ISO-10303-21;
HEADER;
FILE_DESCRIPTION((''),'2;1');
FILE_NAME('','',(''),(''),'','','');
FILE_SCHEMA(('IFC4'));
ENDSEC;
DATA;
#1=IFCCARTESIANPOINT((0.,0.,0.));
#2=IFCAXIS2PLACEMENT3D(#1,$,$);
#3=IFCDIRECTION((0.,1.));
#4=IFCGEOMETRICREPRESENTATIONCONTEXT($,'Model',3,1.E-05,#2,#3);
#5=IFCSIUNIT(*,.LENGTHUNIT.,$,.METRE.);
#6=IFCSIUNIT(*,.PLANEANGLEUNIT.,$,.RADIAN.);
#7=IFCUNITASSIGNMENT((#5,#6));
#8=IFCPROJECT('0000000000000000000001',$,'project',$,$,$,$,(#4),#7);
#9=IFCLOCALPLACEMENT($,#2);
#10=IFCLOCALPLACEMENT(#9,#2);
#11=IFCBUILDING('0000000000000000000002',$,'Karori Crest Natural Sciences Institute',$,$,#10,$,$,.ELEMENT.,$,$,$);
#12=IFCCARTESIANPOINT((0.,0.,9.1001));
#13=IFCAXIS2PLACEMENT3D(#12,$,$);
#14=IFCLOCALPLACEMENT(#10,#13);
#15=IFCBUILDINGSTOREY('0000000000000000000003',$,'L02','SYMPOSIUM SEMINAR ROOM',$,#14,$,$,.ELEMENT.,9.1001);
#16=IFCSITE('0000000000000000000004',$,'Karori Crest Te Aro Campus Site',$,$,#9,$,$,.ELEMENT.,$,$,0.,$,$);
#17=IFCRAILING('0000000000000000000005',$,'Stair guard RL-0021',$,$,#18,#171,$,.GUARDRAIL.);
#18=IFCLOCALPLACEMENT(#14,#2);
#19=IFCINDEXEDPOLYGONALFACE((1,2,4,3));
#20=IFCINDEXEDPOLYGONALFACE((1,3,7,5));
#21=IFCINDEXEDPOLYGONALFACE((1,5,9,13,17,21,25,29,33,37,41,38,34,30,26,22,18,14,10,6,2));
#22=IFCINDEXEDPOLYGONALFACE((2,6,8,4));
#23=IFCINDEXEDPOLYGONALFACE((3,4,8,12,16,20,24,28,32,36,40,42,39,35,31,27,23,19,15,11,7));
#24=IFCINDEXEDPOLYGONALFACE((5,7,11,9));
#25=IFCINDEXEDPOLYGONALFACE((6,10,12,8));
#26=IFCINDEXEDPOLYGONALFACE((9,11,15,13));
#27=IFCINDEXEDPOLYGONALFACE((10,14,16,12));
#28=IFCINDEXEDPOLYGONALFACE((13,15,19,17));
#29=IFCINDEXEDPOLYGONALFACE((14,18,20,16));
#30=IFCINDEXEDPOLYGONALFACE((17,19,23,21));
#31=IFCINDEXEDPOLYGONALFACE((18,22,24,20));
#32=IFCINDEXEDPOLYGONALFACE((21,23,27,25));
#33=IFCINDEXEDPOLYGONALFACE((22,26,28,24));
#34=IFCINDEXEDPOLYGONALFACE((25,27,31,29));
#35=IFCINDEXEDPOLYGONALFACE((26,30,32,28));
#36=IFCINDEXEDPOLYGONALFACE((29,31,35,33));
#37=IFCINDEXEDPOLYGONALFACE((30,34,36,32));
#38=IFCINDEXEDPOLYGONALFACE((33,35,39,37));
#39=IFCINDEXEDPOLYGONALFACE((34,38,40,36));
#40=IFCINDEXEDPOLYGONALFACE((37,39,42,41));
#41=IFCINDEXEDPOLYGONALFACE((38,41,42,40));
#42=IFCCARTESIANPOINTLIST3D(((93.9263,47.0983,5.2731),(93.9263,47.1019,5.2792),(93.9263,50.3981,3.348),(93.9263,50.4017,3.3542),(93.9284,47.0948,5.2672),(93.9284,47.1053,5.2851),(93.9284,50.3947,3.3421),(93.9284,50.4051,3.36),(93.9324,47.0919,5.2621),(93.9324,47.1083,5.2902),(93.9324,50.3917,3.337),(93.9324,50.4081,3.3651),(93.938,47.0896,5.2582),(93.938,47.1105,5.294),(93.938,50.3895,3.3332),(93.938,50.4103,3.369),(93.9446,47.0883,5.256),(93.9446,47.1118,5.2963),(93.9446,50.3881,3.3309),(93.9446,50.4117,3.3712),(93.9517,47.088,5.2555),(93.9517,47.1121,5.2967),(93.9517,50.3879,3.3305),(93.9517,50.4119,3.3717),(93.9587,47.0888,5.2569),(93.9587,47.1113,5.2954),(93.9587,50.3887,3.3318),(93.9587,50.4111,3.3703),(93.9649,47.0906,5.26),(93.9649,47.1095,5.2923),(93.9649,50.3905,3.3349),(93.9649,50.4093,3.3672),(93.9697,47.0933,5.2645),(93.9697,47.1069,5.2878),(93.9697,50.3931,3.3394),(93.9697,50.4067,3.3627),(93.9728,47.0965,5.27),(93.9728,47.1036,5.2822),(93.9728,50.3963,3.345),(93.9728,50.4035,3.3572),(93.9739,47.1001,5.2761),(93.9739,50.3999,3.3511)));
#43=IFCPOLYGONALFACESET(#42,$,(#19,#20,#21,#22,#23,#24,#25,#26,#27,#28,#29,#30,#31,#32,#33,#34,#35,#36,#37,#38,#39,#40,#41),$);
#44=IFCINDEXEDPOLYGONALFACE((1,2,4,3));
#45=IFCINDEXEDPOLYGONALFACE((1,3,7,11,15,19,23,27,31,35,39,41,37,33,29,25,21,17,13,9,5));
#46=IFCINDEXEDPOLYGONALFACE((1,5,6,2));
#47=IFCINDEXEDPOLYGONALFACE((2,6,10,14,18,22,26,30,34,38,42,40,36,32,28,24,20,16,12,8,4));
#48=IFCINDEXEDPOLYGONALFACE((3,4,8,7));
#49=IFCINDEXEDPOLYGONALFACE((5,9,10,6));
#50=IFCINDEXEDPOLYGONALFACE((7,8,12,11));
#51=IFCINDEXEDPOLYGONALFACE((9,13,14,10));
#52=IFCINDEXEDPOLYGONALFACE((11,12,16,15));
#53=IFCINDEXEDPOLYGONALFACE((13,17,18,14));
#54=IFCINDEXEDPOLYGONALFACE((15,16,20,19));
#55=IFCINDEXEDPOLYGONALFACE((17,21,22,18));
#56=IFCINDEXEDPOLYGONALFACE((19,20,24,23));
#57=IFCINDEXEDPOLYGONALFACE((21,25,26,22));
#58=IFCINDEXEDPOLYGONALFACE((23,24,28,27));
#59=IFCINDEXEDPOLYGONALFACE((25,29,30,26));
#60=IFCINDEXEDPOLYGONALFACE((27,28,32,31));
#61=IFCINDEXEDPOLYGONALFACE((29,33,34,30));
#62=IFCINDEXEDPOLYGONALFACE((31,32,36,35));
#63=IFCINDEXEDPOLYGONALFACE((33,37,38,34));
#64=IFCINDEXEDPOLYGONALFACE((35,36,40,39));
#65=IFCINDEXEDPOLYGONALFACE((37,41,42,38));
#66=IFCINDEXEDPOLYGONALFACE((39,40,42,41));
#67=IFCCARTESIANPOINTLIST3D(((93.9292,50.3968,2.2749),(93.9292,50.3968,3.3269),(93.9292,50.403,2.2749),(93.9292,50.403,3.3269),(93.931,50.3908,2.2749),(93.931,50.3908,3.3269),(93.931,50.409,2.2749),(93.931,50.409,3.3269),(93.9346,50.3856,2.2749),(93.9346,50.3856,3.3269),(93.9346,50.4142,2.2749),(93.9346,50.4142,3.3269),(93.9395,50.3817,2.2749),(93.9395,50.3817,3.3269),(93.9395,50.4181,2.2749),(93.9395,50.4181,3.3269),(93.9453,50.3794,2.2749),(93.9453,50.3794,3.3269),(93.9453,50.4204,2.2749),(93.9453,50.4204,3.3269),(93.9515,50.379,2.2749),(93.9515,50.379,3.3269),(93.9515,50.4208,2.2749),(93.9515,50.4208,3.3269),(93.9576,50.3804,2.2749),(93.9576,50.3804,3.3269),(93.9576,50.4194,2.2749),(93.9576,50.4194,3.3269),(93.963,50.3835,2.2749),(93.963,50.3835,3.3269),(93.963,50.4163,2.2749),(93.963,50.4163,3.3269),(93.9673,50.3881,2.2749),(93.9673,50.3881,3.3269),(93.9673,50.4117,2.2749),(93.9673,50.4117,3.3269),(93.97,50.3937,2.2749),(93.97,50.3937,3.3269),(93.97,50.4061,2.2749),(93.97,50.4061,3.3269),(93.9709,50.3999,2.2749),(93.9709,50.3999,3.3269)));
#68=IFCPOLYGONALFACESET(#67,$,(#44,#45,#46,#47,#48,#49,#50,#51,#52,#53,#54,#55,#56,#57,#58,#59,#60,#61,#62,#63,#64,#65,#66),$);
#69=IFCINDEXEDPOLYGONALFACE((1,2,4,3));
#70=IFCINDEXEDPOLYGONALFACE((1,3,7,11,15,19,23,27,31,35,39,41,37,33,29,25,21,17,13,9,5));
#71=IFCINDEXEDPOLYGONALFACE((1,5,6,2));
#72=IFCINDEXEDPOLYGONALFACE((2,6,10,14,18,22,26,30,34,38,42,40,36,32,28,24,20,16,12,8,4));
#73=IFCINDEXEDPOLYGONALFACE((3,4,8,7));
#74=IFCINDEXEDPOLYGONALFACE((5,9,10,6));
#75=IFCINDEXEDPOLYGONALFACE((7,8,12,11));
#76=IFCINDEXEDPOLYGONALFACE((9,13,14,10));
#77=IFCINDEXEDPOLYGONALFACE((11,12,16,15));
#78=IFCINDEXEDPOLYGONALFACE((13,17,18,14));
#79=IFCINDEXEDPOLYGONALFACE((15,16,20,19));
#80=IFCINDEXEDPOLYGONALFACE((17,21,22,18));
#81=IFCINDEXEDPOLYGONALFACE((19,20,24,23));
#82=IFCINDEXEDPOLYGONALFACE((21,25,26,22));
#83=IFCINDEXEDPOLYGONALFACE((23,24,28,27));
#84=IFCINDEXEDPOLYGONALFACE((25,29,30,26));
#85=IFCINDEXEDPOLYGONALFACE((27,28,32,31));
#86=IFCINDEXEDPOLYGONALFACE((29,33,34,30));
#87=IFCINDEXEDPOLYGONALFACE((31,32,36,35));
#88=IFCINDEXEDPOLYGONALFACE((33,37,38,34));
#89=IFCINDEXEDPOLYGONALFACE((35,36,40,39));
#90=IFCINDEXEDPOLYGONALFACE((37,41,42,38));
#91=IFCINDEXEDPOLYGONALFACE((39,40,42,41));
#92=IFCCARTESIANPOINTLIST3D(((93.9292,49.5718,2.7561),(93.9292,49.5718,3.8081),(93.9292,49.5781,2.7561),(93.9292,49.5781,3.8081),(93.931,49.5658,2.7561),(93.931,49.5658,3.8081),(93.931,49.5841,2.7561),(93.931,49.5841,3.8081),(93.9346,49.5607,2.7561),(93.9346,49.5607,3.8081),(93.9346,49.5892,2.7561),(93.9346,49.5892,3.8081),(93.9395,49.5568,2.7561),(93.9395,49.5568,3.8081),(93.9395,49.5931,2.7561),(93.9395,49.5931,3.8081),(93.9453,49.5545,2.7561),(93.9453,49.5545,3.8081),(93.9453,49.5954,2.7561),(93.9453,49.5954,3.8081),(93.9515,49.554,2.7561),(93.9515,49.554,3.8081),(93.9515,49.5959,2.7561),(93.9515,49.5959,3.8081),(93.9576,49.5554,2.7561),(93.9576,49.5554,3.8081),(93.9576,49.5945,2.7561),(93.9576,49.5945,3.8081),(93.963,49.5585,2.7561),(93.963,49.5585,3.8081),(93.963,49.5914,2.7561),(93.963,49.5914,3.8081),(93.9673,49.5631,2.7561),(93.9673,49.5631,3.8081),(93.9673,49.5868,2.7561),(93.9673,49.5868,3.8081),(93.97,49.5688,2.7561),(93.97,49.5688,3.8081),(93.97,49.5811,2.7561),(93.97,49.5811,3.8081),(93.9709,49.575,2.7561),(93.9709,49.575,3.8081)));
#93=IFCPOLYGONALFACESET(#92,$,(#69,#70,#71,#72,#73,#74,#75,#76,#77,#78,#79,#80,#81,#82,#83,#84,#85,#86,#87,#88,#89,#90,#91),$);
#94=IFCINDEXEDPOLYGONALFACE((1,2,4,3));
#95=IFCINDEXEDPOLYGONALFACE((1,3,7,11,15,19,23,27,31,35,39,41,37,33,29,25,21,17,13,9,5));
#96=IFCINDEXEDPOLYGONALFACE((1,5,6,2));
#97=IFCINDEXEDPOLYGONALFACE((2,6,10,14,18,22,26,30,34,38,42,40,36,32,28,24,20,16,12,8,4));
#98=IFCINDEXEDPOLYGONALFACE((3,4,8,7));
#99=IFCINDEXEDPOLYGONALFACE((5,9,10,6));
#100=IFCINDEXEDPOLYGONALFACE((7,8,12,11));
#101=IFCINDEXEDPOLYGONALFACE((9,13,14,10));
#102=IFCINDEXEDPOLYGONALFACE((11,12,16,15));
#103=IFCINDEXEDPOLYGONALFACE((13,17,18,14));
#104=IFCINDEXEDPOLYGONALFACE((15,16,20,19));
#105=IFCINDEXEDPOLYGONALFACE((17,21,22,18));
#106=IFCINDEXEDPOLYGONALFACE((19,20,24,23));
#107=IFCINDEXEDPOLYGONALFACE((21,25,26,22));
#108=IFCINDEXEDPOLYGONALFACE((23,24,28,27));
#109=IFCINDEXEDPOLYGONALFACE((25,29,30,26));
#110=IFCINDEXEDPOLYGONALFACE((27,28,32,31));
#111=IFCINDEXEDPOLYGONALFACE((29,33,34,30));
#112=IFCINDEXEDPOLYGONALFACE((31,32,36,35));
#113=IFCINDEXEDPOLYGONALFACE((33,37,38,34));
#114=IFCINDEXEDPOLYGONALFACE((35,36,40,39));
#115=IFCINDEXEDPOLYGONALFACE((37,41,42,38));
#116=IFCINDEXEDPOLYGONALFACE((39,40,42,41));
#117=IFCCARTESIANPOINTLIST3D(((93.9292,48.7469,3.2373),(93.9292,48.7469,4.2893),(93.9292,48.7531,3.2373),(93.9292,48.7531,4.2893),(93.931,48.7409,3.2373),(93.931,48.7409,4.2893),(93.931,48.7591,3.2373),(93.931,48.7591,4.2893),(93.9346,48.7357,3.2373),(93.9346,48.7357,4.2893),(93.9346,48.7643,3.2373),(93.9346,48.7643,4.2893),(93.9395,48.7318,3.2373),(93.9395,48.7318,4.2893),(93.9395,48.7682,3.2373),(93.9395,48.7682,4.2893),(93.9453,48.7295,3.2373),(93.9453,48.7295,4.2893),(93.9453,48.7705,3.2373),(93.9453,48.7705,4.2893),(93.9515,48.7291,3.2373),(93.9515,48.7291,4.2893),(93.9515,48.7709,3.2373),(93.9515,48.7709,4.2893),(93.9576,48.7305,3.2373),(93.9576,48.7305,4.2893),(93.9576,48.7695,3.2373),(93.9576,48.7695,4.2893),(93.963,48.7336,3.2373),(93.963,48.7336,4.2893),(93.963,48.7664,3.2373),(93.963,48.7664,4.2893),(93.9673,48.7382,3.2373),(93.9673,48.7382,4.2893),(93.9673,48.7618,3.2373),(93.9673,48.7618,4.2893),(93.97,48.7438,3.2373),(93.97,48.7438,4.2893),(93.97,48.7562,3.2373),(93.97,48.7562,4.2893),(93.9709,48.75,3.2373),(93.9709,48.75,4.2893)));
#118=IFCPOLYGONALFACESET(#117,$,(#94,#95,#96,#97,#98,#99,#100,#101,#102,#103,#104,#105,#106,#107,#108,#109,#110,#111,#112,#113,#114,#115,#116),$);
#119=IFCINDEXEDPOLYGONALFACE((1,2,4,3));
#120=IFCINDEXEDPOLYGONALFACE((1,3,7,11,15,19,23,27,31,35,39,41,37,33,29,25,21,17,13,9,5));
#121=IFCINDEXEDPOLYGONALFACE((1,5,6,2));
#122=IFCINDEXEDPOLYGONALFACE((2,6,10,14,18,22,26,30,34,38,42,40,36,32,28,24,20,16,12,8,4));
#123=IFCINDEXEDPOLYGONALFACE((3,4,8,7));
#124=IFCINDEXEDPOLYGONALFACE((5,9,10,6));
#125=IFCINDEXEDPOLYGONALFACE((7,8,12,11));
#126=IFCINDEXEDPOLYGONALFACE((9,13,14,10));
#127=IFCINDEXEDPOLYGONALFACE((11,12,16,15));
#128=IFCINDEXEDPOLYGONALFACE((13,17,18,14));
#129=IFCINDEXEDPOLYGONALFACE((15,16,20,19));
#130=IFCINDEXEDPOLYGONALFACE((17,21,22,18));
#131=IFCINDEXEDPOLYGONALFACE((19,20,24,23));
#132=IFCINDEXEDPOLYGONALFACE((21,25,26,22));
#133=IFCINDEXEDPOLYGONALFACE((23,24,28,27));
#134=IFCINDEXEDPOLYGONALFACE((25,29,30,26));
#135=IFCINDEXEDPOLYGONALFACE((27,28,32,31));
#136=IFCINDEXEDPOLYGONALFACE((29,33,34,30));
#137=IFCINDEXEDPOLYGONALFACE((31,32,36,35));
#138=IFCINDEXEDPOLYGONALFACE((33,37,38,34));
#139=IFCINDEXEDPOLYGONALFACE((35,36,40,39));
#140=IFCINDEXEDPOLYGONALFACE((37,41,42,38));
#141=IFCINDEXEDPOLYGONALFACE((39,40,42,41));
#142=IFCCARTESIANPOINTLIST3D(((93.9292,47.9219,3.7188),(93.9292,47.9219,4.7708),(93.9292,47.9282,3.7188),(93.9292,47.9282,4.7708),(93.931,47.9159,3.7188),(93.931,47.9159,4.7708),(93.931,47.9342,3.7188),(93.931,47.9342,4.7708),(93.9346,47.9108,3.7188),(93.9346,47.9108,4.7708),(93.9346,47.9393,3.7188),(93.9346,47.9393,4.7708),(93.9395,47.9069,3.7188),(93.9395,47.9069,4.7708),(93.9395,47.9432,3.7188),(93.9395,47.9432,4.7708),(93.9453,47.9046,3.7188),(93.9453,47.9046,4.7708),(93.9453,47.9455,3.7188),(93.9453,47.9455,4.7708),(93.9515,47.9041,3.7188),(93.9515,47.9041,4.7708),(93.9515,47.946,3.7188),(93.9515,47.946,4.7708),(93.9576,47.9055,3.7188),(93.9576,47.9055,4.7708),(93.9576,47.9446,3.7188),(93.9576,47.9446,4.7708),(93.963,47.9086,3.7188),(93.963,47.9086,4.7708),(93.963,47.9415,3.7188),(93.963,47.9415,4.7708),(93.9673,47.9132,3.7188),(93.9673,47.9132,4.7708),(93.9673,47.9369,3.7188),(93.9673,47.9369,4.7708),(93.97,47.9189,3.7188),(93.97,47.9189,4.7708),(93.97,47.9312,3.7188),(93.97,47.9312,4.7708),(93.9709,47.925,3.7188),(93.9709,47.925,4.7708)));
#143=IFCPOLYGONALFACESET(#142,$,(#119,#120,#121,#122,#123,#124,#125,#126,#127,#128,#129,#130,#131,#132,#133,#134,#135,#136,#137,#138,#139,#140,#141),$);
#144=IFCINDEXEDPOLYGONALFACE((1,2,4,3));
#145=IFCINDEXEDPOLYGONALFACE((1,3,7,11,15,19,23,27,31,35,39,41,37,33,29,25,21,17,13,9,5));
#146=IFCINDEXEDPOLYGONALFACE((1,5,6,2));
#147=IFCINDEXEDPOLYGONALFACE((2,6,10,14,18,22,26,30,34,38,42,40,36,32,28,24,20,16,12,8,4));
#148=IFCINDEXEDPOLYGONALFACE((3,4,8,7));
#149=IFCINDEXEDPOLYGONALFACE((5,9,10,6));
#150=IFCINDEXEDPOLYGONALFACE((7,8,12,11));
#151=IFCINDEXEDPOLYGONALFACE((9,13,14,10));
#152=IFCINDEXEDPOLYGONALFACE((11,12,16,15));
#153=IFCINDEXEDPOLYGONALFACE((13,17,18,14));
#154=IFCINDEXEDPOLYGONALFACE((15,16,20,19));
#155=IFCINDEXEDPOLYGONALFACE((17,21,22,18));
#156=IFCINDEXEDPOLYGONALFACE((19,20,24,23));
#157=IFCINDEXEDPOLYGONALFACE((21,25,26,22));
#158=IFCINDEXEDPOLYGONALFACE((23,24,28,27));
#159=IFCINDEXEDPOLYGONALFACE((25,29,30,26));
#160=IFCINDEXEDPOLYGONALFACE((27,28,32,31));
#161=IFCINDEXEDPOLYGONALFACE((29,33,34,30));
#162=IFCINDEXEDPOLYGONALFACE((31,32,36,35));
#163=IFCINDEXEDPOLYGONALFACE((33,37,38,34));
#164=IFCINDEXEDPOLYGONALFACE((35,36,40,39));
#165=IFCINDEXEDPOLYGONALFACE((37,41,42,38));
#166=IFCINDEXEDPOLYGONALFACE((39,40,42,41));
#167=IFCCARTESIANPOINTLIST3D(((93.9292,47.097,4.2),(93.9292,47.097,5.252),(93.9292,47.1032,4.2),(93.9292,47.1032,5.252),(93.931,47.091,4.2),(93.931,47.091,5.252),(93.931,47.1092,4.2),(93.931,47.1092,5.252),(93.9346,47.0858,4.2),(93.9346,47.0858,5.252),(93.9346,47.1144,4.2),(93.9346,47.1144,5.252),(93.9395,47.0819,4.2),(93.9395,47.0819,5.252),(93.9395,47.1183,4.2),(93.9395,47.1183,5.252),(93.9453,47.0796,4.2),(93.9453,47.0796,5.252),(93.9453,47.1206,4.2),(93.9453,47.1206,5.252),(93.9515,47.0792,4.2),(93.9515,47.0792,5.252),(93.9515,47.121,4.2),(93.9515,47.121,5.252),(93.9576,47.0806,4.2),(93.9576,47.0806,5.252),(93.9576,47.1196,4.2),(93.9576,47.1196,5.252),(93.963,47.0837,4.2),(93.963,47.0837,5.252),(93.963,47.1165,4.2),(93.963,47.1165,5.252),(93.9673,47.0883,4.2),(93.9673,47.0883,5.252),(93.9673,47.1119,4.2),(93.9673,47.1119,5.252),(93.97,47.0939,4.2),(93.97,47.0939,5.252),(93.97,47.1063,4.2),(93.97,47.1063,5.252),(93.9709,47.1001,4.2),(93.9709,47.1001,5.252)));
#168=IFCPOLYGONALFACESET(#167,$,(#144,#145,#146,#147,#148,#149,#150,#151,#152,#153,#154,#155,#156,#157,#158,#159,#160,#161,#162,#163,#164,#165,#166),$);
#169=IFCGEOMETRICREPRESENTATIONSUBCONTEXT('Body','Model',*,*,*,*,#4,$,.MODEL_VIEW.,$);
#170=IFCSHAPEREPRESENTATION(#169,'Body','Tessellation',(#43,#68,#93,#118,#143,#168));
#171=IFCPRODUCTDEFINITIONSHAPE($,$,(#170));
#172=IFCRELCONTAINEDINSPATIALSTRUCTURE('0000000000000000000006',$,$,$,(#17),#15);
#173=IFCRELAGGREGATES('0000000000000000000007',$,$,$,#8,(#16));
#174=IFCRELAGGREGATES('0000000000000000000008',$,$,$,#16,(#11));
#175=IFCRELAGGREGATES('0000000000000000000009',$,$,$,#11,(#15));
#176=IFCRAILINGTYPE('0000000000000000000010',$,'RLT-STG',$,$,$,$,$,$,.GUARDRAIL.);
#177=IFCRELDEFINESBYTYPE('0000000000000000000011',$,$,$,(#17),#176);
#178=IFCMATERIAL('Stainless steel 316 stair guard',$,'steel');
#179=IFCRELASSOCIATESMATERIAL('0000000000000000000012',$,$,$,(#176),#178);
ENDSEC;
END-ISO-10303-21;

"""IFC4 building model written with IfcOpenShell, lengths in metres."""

from ifc_helpers import new_model, si_unit, direction, frame, origin, origin_2d, place, context, subcontext, project, spatial, circle, extrude, material, type_object, element, save


model = new_model("IFC4")

# Units and contexts
model_context = context("Model", 3, precision=1e-05, world=origin(), true_north=direction((0.0, 1.0)))
body_context = subcontext(model_context, "Body", "Model", "MODEL_VIEW")
ifc_project = project(units=[si_unit("LENGTHUNIT", "METRE"), si_unit("PLANEANGLEUNIT", "RADIAN")], contexts=[model_context])

# Site, building, storey
site_placement = place(None, origin())
site = spatial("IfcSite", under=ifc_project, at=site_placement, Name="Karori Crest Te Aro Campus Site", CompositionType="ELEMENT", RefElevation=0.0)
building_placement = place(site_placement, origin())
building = spatial("IfcBuilding", under=site, at=building_placement, Name="Karori Crest Natural Sciences Institute", CompositionType="ELEMENT")
storey_placement = place(building_placement, frame((0.0, 0.0, 9.1001)))
storey = spatial("IfcBuildingStorey", under=building, at=storey_placement, Name="L02", Description="SYMPOSIUM SEMINAR ROOM", CompositionType="ELEMENT", Elevation=9.1001)

# Railing
ifc_material_1 = material(Name="Stainless steel 316 stair guard", Category="steel")
railing_type = type_object("IfcRailingType", Name="RLT-STG", PredefinedType="GUARDRAIL", material=ifc_material_1)
railing_1_placement = place(storey_placement, frame((93.95, 50.3999, 2.2749)))
element("IfcRailing", 1, at=railing_1_placement, inside=storey, type_object=railing_type, Name="Stair guard RL-0021", PredefinedType="GUARDRAIL", context=body_context, shape_type="SweptSolid", body=[
    extrude(circle(Radius=0.0239, at=origin_2d()), frame((0.0, 0.0, 1.0762), z_axis=(0.0, -0.86376, 0.503903), x_axis=(1.0, 0.0, 0.0)), (0.0, 0.0, 1.0), 3.8203),
    extrude(circle(Radius=0.021, at=origin_2d()), origin(), (0.0, 0.0, 1.0), 1.052),
    extrude(circle(Radius=0.021, at=origin_2d()), frame((0.0, -0.825, 0.4812)), (0.0, 0.0, 1.0), 1.052),
    extrude(circle(Radius=0.021, at=origin_2d()), frame((0.0, -1.6499, 0.9624)), (0.0, 0.0, 1.0), 1.052),
    extrude(circle(Radius=0.021, at=origin_2d()), frame((0.0, -2.4749, 1.4438)), (0.0, 0.0, 1.0), 1.052),
    extrude(circle(Radius=0.021, at=origin_2d()), frame((0.0, -3.2998, 1.925)), (0.0, 0.0, 1.0), 1.052),
])

save(model, "model.ifc")
